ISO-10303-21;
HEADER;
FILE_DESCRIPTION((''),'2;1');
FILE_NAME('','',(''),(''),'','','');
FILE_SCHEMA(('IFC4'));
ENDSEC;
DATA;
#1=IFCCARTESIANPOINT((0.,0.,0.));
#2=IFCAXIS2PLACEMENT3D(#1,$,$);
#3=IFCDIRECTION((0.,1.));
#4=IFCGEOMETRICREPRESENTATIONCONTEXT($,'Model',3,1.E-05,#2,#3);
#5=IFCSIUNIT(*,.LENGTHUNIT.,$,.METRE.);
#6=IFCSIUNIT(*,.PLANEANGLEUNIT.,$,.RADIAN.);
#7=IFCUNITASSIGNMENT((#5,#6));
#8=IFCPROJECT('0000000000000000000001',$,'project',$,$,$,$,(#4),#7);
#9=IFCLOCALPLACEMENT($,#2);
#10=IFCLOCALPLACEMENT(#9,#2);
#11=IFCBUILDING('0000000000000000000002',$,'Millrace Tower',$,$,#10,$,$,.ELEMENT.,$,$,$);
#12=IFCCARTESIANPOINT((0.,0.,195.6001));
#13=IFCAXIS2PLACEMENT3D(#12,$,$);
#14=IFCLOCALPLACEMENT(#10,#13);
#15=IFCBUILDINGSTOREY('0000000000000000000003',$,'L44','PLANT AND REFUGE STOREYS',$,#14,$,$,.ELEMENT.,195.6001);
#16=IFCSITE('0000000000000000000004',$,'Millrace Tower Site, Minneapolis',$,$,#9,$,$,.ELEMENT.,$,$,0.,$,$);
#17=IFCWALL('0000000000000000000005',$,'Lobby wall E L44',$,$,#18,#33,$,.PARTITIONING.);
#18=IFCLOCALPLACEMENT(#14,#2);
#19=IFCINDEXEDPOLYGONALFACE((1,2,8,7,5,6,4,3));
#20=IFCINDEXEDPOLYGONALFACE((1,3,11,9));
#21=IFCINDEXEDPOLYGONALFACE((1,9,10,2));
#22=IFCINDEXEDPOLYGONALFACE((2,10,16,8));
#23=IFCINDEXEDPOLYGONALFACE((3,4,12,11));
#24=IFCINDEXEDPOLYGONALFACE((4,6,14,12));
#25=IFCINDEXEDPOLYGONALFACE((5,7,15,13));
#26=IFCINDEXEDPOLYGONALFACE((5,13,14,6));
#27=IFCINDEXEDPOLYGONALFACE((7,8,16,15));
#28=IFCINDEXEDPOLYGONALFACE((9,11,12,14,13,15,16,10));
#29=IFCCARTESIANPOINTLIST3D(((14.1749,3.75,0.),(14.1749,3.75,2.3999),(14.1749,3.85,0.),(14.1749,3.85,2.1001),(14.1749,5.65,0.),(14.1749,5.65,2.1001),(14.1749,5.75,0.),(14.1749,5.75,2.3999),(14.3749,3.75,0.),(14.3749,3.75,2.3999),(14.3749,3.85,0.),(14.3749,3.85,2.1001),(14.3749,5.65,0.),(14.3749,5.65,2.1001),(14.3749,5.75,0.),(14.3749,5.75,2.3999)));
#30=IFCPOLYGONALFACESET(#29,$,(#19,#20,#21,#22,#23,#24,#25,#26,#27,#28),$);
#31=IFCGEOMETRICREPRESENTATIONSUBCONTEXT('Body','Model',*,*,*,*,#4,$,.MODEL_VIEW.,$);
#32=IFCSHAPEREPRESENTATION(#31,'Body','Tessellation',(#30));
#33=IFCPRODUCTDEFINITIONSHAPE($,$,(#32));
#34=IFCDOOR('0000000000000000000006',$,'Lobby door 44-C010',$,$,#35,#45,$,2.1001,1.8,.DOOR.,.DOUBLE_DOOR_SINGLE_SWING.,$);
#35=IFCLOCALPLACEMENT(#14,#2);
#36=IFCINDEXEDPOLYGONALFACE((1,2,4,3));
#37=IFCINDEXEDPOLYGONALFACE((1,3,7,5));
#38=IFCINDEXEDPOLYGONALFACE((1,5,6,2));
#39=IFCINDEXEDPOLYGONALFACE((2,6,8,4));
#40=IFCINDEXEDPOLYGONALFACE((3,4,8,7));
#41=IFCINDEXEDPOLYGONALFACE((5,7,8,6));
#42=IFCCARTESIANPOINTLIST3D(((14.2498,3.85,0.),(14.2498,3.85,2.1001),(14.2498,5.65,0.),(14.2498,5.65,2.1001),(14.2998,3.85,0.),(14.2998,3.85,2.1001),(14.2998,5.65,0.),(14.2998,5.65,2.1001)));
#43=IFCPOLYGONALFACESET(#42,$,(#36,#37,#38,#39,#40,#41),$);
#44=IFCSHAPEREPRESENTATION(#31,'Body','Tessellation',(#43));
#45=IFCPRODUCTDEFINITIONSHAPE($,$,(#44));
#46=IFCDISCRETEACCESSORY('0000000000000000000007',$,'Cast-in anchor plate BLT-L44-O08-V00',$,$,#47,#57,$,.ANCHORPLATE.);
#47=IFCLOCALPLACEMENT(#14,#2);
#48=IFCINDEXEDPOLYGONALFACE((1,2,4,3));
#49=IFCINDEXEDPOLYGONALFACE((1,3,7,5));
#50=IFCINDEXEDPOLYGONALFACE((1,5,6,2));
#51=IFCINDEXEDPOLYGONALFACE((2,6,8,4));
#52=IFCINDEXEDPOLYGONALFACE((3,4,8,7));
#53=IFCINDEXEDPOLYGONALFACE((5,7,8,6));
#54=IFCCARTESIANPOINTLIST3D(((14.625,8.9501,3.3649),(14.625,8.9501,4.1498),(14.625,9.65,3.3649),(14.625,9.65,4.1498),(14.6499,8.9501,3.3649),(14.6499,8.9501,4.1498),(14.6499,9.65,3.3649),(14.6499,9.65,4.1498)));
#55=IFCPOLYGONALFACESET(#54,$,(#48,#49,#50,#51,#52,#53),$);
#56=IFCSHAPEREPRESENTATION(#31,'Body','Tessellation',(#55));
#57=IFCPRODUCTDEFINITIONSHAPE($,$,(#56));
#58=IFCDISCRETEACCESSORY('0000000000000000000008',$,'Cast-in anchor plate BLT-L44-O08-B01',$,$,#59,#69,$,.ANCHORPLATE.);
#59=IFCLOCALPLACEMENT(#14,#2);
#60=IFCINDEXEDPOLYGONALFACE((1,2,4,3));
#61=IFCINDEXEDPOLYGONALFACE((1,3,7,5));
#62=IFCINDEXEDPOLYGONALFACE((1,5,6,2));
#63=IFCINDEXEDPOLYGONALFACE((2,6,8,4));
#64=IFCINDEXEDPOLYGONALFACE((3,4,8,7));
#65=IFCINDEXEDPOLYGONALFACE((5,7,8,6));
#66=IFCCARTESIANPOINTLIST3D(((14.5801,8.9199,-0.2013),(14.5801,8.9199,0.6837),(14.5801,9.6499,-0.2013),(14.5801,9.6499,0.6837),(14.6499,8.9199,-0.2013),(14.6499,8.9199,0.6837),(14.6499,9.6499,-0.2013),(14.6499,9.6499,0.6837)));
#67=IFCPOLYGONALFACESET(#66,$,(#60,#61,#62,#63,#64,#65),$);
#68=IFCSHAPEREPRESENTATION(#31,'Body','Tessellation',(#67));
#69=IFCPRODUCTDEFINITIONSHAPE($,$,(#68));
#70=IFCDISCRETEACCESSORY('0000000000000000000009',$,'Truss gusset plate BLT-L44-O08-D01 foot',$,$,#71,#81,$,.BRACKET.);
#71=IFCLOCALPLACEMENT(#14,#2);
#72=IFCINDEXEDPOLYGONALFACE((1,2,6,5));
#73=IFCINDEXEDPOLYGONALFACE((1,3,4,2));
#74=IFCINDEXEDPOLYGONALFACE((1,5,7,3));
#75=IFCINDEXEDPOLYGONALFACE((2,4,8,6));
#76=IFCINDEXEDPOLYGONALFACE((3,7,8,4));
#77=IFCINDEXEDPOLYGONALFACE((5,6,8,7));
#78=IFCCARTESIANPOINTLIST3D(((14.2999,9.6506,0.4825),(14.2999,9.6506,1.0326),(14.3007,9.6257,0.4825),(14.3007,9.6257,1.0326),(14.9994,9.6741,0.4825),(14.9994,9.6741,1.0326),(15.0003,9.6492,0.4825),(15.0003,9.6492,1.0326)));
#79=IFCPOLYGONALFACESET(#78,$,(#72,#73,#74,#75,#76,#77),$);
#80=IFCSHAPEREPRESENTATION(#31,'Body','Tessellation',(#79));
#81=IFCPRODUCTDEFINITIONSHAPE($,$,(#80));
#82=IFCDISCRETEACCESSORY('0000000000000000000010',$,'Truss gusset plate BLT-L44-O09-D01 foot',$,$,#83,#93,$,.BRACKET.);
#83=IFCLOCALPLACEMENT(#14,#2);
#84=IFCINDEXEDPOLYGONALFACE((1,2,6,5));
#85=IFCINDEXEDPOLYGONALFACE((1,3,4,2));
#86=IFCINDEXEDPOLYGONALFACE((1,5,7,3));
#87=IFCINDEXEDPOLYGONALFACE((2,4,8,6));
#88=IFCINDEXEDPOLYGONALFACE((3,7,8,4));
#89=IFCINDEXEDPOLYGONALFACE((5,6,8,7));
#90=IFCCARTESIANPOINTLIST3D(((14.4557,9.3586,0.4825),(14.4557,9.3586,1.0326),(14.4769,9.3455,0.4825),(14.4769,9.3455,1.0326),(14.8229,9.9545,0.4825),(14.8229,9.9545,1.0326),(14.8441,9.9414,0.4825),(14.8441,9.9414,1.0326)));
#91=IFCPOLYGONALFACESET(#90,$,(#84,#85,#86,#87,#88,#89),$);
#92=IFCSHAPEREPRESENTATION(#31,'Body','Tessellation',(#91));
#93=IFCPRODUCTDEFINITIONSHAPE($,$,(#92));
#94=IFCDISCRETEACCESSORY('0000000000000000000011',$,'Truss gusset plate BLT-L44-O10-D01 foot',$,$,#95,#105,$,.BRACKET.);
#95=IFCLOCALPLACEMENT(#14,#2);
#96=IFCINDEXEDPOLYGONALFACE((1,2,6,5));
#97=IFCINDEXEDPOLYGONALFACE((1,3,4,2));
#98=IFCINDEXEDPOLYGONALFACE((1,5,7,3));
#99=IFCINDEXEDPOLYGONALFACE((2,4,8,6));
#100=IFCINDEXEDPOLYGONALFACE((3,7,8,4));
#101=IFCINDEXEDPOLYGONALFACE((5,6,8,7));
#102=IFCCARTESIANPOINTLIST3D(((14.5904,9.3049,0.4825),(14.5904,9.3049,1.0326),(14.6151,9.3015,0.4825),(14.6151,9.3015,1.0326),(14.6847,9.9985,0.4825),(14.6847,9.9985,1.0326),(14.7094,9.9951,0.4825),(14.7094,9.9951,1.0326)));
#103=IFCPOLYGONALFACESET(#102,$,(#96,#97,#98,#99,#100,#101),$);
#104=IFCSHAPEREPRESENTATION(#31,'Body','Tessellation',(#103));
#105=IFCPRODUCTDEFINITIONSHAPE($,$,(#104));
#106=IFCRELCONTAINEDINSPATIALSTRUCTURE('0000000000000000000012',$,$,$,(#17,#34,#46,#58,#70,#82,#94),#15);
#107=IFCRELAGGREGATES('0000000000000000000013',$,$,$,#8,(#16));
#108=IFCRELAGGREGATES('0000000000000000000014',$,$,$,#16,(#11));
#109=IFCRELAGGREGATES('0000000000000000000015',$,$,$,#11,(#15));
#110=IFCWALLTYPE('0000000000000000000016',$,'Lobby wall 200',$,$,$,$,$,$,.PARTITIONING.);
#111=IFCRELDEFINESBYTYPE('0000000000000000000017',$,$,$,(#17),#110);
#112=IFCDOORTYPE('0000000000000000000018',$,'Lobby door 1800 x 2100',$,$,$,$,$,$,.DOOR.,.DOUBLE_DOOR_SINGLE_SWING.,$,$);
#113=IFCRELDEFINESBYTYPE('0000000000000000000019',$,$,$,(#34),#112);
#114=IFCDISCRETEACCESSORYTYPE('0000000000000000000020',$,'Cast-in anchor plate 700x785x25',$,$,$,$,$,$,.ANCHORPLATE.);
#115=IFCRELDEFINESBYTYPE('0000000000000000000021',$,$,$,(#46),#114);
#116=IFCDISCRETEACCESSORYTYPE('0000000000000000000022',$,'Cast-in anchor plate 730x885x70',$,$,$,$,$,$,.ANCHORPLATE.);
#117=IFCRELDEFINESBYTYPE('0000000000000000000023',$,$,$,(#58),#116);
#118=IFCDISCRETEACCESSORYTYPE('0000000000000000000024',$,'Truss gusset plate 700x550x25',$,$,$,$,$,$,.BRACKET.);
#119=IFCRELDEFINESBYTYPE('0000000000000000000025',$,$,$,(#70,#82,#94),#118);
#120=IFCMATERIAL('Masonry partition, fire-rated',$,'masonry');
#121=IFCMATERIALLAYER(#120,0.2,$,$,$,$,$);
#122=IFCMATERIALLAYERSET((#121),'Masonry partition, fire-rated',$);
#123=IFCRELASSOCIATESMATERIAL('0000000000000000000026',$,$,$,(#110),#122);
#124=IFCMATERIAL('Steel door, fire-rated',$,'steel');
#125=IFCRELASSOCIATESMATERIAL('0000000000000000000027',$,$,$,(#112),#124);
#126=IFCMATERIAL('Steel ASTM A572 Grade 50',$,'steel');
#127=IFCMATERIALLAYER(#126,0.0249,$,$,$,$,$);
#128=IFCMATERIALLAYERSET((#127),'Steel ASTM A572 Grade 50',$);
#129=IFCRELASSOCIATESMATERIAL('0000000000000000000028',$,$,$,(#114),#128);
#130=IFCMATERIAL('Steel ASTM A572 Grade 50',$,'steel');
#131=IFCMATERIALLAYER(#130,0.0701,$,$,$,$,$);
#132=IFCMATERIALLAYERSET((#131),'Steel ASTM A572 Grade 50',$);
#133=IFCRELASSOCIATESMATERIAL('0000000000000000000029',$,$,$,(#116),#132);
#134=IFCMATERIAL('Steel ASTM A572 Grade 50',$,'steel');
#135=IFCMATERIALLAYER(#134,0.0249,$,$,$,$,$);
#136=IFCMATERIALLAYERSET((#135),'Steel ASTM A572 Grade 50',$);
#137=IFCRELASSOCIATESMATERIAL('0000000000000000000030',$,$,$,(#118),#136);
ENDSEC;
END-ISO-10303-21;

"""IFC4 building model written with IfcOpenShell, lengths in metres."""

from ifc_helpers import new_model, si_unit, direction, frame, frame_2d, origin, origin_2d, place, context, subcontext, project, spatial, rectangle, extrude, material, layer, layer_set, type_object, element, fill, save


model = new_model("IFC4")

# Units and contexts
model_context = context("Model", 3, precision=1e-05, world=origin(), true_north=direction((0.0, 1.0)))
body_context = subcontext(model_context, "Body", "Model", "MODEL_VIEW")
ifc_project = project(units=[si_unit("LENGTHUNIT", "METRE"), si_unit("PLANEANGLEUNIT", "RADIAN")], contexts=[model_context])

# Site, building, storey
site_placement = place(None, origin())
site = spatial("IfcSite", under=ifc_project, at=site_placement, Name="Millrace Tower Site, Minneapolis", CompositionType="ELEMENT", RefElevation=0.0)
building_placement = place(site_placement, origin())
building = spatial("IfcBuilding", under=site, at=building_placement, Name="Millrace Tower", CompositionType="ELEMENT")
storey_placement = place(building_placement, frame((0.0, 0.0, 195.6001)))
storey = spatial("IfcBuildingStorey", under=building, at=storey_placement, Name="L44", Description="PLANT AND REFUGE STOREYS", CompositionType="ELEMENT", Elevation=195.6001)

# Wall, opening, door
ifc_material_1 = material(Name="Masonry partition, fire-rated", Category="masonry")
ifc_layer_1 = layer(ifc_material_1, 0.2)
ifc_layer_set_1 = layer_set([ifc_layer_1], Name="Masonry partition, fire-rated")
wall_type_1 = type_object("IfcWallType", Name="Lobby wall 200", PredefinedType="PARTITIONING", material=ifc_layer_set_1)
wall_1_placement = place(storey_placement, frame((14.2749, 5.75, 0.0), z_axis=(0.0, 0.0, 1.0), x_axis=(0.0, -1.0, 0.0)))
wall_1 = element("IfcWall", 1, at=wall_1_placement, inside=storey, type_object=wall_type_1, Name="Lobby wall E L44", PredefinedType="PARTITIONING", context=body_context, shape_type="SweptSolid", body=[
    extrude(rectangle(XDim=2.0, YDim=0.2, at=frame_2d((1.0, 0.0))), origin(), (0.0, 0.0, 1.0), 2.3999),
])
opening_1_placement = place(wall_1_placement, frame((0.1001, 0.0, 0.0)))
opening_1 = element("IfcOpeningElement", 2, at=opening_1_placement, cuts=wall_1, PredefinedType="OPENING", context=body_context, shape_type="SweptSolid", body=[
    extrude(rectangle(XDim=1.8, YDim=2.1001, at=frame_2d((0.8999, 1.05))), frame((0.0, 0.1099, 0.0), z_axis=(0.0, -1.0, 0.0), x_axis=(1.0, 0.0, 0.0)), (0.0, 0.0, 1.0), 0.22),
])
ifc_material_2 = material(Name="Steel door, fire-rated", Category="steel")
door_type_1 = type_object("IfcDoorType", Name="Lobby door 1800 x 2100", OperationType="DOUBLE_DOOR_SINGLE_SWING", PredefinedType="DOOR", material=ifc_material_2)
door_1_placement = place(opening_1_placement, origin())
door_1 = element("IfcDoor", 3, at=door_1_placement, inside=storey, type_object=door_type_1, Name="Lobby door 44-C010", OperationType="DOUBLE_DOOR_SINGLE_SWING", OverallHeight=2.1001, OverallWidth=1.8, PredefinedType="DOOR", context=body_context, shape_type="SweptSolid", body=[
    extrude(rectangle(XDim=1.8, YDim=2.1001, at=frame_2d((0.8999, 1.05))), frame((0.0, 0.0249, 0.0), z_axis=(0.0, -1.0, 0.0), x_axis=(1.0, 0.0, 0.0)), (0.0, 0.0, 1.0), 0.05),
])
fill(opening_1, door_1)

# Discrete accessories
ifc_material_3 = material(Name="Steel ASTM A572 Grade 50", Category="steel")
ifc_layer_2 = layer(ifc_material_3, 0.0249)
ifc_layer_set_2 = layer_set([ifc_layer_2], Name="Steel ASTM A572 Grade 50")
discrete_accessory_type_1 = type_object("IfcDiscreteAccessoryType", Name="Cast-in anchor plate 700x785x25", PredefinedType="ANCHORPLATE", material=ifc_layer_set_2)
discrete_accessory_1_placement = place(storey_placement, frame((14.625, 9.3, 3.7573), z_axis=(1.0, 0.0, 0.0), x_axis=(0.0, 1.0, 0.0)))
element("IfcDiscreteAccessory", 4, at=discrete_accessory_1_placement, inside=storey, type_object=discrete_accessory_type_1, Name="Cast-in anchor plate BLT-L44-O08-V00", PredefinedType="ANCHORPLATE", context=body_context, shape_type="SweptSolid", body=[
    extrude(rectangle(XDim=0.7, YDim=0.7849, at=origin_2d()), origin(), (0.0, 0.0, 1.0), 0.0249),
])
ifc_material_4 = material(Name="Steel ASTM A572 Grade 50", Category="steel")
ifc_layer_3 = layer(ifc_material_4, 0.0701)
ifc_layer_set_3 = layer_set([ifc_layer_3], Name="Steel ASTM A572 Grade 50")
discrete_accessory_type_2 = type_object("IfcDiscreteAccessoryType", Name="Cast-in anchor plate 730x885x70", PredefinedType="ANCHORPLATE", material=ifc_layer_set_3)
discrete_accessory_2_placement = place(storey_placement, frame((14.5801, 9.2849, 0.2412), z_axis=(1.0, 0.0, 0.0), x_axis=(0.0, 1.0, 0.0)))
element("IfcDiscreteAccessory", 5, at=discrete_accessory_2_placement, inside=storey, type_object=discrete_accessory_type_2, Name="Cast-in anchor plate BLT-L44-O08-B01", PredefinedType="ANCHORPLATE", context=body_context, shape_type="SweptSolid", body=[
    extrude(rectangle(XDim=0.73, YDim=0.885, at=origin_2d()), origin(), (0.0, 0.0, 1.0), 0.0698),
])
ifc_material_5 = material(Name="Steel ASTM A572 Grade 50", Category="steel")
ifc_layer_4 = layer(ifc_material_5, 0.0249)
ifc_layer_set_4 = layer_set([ifc_layer_4], Name="Steel ASTM A572 Grade 50")
discrete_accessory_type_3 = type_object("IfcDiscreteAccessoryType", Name="Truss gusset plate 700x550x25", PredefinedType="BRACKET", material=ifc_layer_set_4)
for number, where, z_axis, x_axis, name in (
    (6, (14.3003, 9.6382, 0.7576), (0.999439, 0.033489, 0.0), (-0.033489, 0.999439, 0.0), "Truss gusset plate BLT-L44-O08-D01 foot"),
    (7, (14.4663, 9.3521, 0.7576), (0.524564, 0.851371, 0.0), (-0.851371, 0.524564, 0.0), "Truss gusset plate BLT-L44-O09-D01 foot"),
    (8, (14.6028, 9.3032, 0.7576), (0.134631, 0.990896, 0.0), (-0.990896, 0.134631, 0.0), "Truss gusset plate BLT-L44-O10-D01 foot"),
):
    element("IfcDiscreteAccessory", number, at=place(storey_placement, frame(where, z_axis=z_axis, x_axis=x_axis)), inside=storey, type_object=discrete_accessory_type_3, Name=name, PredefinedType="BRACKET", context=body_context, shape_type="SweptSolid", body=[
        extrude(rectangle(XDim=0.0249, YDim=0.55, at=origin_2d()), origin(), (0.0, 0.0, 1.0), 0.7),
    ])

save(model, "model.ifc")
